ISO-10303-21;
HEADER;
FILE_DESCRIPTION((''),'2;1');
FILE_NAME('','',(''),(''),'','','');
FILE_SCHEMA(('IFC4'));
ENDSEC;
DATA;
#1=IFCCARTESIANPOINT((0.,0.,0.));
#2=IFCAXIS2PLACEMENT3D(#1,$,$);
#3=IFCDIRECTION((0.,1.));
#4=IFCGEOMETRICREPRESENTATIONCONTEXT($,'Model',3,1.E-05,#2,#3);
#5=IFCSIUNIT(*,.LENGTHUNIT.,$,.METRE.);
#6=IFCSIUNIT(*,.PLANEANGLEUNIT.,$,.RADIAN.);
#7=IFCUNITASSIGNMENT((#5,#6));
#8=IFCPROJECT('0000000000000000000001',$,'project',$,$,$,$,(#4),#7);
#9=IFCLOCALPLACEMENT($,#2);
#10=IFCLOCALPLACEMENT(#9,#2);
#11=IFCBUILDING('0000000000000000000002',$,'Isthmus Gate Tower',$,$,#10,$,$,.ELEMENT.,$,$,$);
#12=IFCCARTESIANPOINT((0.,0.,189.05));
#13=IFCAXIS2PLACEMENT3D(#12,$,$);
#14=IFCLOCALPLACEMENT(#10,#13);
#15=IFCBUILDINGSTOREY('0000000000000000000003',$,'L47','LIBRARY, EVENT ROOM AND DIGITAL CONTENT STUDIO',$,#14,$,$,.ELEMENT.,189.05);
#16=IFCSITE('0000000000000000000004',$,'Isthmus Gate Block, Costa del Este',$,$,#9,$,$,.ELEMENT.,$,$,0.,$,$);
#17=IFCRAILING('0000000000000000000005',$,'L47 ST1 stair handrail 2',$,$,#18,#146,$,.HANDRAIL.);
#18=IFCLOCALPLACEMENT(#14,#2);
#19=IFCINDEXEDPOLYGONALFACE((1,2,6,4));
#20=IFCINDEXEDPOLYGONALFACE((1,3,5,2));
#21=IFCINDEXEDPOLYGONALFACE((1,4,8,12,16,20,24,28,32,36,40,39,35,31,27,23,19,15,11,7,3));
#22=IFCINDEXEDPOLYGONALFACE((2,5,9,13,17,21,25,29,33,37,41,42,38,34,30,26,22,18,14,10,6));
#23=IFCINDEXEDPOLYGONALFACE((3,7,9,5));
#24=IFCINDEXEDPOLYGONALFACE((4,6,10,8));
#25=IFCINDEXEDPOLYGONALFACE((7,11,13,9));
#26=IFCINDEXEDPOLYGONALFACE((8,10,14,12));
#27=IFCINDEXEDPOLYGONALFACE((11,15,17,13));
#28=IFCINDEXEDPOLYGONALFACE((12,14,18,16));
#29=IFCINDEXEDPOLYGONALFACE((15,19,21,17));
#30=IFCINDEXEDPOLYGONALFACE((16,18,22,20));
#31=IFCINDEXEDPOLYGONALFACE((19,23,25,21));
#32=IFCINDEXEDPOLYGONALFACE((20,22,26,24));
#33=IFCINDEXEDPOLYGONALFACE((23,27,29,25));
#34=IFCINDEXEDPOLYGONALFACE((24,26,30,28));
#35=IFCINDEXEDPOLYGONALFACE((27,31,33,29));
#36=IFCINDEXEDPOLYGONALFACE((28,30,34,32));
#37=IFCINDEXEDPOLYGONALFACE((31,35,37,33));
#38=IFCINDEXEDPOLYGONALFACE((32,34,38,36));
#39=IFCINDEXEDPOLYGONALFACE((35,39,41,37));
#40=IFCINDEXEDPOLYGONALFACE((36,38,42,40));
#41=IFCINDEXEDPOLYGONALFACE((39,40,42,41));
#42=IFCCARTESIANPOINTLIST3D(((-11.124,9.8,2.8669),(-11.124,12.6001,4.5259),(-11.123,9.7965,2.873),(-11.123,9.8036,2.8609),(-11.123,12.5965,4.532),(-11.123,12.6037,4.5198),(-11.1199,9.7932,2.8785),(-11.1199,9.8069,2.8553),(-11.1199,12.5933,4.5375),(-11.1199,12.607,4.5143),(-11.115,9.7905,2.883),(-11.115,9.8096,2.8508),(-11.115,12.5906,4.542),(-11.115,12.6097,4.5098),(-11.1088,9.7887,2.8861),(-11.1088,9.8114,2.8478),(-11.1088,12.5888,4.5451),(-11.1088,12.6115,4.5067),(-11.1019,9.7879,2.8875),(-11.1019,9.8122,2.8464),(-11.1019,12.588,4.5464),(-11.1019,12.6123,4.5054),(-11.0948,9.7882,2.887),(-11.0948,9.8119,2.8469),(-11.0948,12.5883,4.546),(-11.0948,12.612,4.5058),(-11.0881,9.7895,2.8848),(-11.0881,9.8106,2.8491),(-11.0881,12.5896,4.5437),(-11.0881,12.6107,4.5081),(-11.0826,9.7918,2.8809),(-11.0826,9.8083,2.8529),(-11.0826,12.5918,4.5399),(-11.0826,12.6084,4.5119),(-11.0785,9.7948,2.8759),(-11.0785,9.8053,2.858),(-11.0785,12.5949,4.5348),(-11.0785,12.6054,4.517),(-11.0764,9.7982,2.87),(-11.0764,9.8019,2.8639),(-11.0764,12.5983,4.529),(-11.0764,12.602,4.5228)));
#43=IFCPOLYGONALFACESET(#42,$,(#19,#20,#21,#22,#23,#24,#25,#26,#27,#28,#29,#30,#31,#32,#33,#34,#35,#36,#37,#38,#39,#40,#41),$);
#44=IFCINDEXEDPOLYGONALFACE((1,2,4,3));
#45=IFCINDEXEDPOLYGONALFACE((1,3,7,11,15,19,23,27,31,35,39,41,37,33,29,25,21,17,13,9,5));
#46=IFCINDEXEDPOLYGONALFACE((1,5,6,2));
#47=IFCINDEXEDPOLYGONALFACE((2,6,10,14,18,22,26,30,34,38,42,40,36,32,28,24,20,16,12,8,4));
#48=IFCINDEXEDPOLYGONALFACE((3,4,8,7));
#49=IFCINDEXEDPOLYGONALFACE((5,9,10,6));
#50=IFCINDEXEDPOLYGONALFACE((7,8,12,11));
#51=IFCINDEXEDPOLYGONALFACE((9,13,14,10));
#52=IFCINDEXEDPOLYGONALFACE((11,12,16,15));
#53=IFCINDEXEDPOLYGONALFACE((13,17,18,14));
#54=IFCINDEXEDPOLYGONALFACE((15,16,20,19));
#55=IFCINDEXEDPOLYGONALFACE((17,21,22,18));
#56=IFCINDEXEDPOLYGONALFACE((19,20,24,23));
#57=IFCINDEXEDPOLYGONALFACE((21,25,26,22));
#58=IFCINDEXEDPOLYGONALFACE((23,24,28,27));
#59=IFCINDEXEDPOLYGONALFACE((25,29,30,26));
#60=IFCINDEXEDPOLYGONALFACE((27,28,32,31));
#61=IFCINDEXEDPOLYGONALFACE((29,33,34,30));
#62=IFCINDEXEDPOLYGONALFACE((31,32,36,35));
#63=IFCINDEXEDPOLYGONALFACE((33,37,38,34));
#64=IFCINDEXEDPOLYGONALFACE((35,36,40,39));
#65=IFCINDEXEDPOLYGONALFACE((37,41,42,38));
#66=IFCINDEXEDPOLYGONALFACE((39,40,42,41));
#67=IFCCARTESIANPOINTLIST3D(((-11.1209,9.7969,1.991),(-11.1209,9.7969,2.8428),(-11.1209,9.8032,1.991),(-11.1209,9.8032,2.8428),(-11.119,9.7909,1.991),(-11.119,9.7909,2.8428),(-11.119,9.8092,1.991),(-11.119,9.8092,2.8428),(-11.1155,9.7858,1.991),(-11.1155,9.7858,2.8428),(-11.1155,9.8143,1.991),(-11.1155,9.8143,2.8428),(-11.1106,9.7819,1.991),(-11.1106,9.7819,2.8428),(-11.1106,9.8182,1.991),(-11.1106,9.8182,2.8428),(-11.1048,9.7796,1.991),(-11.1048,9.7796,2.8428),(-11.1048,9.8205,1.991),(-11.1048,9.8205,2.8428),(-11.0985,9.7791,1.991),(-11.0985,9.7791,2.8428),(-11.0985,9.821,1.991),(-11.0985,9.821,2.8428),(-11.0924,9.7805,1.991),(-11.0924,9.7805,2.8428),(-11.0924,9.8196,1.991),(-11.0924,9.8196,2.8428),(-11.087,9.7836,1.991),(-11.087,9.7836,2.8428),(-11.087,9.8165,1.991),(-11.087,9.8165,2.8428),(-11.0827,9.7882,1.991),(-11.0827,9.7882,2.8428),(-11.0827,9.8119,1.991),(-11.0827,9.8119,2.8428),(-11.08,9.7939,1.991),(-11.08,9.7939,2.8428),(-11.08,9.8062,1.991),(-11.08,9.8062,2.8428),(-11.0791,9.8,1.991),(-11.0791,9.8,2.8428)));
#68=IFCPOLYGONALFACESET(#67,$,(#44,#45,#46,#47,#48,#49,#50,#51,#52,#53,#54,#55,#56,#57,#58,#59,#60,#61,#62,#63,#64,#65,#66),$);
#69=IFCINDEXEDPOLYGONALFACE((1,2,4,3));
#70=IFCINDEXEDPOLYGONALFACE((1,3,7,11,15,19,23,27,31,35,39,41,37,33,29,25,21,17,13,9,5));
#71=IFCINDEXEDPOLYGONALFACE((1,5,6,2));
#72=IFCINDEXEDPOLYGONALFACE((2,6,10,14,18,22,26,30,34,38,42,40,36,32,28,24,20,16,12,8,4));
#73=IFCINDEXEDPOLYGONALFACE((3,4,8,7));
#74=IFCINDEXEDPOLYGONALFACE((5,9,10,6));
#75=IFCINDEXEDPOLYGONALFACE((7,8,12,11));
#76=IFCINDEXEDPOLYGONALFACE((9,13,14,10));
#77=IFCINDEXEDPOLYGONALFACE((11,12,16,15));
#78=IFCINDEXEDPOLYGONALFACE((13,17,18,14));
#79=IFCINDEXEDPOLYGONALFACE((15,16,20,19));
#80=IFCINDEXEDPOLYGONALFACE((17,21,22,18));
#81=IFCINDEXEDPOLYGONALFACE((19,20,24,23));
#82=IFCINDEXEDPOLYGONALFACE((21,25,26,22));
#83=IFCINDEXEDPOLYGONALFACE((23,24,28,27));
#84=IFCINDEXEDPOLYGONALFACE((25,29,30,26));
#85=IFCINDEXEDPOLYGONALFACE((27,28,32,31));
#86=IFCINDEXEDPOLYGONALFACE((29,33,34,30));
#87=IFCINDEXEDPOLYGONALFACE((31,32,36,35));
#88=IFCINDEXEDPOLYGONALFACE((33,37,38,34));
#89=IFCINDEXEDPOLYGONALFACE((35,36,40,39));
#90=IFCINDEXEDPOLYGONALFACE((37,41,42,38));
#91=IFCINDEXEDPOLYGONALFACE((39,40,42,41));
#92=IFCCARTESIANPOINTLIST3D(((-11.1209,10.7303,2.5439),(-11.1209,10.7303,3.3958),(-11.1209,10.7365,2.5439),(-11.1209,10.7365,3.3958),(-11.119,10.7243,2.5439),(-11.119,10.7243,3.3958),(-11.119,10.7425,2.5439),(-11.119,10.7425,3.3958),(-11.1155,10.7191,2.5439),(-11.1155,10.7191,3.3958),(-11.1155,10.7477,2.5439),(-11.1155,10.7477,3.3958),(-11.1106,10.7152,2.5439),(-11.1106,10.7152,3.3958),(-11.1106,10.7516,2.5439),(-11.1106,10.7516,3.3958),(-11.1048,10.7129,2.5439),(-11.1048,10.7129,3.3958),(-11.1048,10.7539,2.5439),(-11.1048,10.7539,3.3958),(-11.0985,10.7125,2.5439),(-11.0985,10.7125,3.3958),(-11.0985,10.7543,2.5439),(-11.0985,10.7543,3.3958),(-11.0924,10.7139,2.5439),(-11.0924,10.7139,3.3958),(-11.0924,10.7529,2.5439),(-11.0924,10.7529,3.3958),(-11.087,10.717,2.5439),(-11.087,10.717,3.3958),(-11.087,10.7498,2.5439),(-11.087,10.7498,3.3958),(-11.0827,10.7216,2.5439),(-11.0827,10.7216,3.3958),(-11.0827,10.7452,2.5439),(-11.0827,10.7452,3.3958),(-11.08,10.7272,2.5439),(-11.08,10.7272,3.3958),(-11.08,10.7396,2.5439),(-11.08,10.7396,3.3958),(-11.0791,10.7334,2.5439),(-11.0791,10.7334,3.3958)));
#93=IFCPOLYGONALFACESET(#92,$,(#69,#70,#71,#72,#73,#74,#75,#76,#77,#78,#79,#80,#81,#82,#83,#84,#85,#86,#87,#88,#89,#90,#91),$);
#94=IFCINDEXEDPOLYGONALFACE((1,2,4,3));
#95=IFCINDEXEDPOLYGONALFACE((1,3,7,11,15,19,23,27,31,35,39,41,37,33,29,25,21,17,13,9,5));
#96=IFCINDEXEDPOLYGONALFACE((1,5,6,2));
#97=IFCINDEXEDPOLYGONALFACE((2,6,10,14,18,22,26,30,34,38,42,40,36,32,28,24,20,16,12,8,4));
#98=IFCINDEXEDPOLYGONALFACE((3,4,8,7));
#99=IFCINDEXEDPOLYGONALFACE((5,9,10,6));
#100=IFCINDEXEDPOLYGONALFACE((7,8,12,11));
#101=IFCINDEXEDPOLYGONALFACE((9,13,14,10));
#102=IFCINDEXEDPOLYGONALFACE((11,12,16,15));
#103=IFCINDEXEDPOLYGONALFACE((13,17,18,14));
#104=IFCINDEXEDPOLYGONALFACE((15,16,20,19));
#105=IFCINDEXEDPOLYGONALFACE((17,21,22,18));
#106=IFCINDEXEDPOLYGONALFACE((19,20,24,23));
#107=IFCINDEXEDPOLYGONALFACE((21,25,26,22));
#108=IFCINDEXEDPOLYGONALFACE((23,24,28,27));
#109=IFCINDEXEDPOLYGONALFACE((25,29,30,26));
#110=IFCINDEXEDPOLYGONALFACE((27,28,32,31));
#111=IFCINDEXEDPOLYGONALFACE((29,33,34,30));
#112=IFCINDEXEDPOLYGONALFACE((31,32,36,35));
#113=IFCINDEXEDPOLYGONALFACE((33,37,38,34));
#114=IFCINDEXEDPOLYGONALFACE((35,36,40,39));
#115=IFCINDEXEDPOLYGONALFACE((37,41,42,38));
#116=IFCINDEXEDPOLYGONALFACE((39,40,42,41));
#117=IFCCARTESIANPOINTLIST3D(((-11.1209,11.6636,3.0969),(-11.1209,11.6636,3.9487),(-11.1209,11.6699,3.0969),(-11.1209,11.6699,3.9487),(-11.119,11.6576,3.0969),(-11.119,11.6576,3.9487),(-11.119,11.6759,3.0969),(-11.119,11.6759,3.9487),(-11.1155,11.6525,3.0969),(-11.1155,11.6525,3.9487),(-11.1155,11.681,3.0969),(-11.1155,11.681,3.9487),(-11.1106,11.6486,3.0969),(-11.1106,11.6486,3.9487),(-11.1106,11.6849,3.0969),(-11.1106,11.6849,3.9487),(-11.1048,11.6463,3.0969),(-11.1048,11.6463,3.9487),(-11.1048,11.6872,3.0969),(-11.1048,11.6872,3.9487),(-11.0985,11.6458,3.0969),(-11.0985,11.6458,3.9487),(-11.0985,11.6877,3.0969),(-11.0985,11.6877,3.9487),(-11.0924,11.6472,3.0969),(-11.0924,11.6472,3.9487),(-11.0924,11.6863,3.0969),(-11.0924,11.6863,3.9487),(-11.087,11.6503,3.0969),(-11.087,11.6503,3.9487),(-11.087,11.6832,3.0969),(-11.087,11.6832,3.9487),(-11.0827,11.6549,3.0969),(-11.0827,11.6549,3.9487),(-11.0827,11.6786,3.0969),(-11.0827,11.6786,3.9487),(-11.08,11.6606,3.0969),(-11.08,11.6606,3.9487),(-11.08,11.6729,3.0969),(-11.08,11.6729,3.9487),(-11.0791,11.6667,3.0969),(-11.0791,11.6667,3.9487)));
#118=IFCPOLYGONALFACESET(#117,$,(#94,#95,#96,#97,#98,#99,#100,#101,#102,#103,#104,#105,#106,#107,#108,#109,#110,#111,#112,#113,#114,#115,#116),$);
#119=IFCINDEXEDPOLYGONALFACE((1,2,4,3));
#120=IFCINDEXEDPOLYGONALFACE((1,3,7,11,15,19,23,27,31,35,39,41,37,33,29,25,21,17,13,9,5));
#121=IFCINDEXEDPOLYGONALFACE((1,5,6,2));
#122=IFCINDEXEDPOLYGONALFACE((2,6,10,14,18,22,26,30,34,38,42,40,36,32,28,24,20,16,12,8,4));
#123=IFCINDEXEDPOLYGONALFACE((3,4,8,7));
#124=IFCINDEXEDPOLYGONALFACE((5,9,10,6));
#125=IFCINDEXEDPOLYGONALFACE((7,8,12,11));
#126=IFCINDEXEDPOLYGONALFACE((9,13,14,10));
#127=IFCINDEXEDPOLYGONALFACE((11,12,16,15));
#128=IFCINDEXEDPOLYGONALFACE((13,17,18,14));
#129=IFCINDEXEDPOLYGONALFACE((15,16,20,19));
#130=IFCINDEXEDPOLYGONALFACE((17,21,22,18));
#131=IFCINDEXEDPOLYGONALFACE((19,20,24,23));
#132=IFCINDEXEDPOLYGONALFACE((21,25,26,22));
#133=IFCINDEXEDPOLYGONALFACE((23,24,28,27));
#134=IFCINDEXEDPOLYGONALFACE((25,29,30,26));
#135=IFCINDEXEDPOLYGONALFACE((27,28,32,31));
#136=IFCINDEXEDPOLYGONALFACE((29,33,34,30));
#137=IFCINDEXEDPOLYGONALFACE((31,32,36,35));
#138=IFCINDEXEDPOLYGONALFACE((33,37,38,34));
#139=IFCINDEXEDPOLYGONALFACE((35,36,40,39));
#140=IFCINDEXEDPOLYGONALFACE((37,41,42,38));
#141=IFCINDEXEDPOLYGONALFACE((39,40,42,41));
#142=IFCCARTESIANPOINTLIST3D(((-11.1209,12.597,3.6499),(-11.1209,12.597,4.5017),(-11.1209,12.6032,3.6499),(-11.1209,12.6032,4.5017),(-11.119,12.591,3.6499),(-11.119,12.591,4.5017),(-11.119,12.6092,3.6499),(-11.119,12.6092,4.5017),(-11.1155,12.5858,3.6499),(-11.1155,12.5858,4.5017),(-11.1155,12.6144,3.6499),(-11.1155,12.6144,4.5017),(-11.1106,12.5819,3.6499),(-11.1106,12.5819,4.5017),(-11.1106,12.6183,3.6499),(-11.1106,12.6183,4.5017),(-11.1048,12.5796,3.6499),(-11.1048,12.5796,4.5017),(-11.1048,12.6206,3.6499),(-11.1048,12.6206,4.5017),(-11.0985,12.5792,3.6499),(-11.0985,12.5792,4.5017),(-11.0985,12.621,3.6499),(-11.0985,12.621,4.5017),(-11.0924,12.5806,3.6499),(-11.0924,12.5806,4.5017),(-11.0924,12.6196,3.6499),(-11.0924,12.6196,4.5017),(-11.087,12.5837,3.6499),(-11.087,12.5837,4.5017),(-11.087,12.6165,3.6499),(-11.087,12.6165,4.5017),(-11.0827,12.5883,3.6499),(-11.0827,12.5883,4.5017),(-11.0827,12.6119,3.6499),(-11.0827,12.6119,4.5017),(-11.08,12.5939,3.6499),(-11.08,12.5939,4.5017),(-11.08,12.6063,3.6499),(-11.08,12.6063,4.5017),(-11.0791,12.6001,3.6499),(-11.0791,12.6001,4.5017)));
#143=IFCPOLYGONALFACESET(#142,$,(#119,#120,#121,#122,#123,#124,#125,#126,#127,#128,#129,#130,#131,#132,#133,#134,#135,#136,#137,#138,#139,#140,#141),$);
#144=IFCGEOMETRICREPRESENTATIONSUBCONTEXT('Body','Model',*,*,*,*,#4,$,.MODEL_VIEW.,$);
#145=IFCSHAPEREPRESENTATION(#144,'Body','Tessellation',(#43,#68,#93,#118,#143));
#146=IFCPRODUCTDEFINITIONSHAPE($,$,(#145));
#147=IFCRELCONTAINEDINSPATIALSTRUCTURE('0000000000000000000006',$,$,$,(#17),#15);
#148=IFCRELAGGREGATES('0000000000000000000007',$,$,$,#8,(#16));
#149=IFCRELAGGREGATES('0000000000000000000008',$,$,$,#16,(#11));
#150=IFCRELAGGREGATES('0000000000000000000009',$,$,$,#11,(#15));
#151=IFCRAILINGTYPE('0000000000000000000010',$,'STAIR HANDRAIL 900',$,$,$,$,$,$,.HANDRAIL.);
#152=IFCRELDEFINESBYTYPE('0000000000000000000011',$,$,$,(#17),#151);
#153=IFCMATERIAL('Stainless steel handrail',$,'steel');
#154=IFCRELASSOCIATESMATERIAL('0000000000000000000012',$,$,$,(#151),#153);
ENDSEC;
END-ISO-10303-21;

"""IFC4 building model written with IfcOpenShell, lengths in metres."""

from ifc_helpers import new_model, si_unit, direction, frame, origin, origin_2d, place, context, subcontext, project, spatial, circle, extrude, material, type_object, element, save


model = new_model("IFC4")

# Units and contexts
model_context = context("Model", 3, precision=1e-05, world=origin(), true_north=direction((0.0, 1.0)))
body_context = subcontext(model_context, "Body", "Model", "MODEL_VIEW")
ifc_project = project(units=[si_unit("LENGTHUNIT", "METRE"), si_unit("PLANEANGLEUNIT", "RADIAN")], contexts=[model_context])

# Site, building, storey
site_placement = place(None, origin())
site = spatial("IfcSite", under=ifc_project, at=site_placement, Name="Isthmus Gate Block, Costa del Este", CompositionType="ELEMENT", RefElevation=0.0)
building_placement = place(site_placement, origin())
building = spatial("IfcBuilding", under=site, at=building_placement, Name="Isthmus Gate Tower", CompositionType="ELEMENT")
storey_placement = place(building_placement, frame((0.0, 0.0, 189.05)))
storey = spatial("IfcBuildingStorey", under=building, at=storey_placement, Name="L47", Description="LIBRARY, EVENT ROOM AND DIGITAL CONTENT STUDIO", CompositionType="ELEMENT", Elevation=189.05)

# Railing
ifc_material_1 = material(Name="Stainless steel handrail", Category="steel")
railing_type_1 = type_object("IfcRailingType", Name="STAIR HANDRAIL 900", PredefinedType="HANDRAIL", material=ifc_material_1)
railing_1_placement = place(storey_placement, frame((-11.1001, 9.8, 1.991)))
element("IfcRailing", 1, at=railing_1_placement, inside=storey, type_object=railing_type_1, Name="L47 ST1 stair handrail 2", PredefinedType="HANDRAIL", context=body_context, shape_type="SweptSolid", body=[
    extrude(circle(Radius=0.0239, at=origin_2d()), frame((0.0, 0.0, 0.876), z_axis=(0.0, 0.860339, 0.509722), x_axis=(-1.0, 0.0, 0.0)), (0.0, 0.0, 1.0), 3.2546),
    extrude(circle(Radius=0.021, at=origin_2d()), origin(), (0.0, 0.0, 1.0), 0.8518),
    extrude(circle(Radius=0.021, at=origin_2d()), frame((0.0, 0.9333, 0.553)), (0.0, 0.0, 1.0), 0.8518),
    extrude(circle(Radius=0.021, at=origin_2d()), frame((0.0, 1.8667, 1.106)), (0.0, 0.0, 1.0), 0.8518),
    extrude(circle(Radius=0.021, at=origin_2d()), frame((0.0, 2.8, 1.6589)), (0.0, 0.0, 1.0), 0.8518),
])

save(model, "model.ifc")
